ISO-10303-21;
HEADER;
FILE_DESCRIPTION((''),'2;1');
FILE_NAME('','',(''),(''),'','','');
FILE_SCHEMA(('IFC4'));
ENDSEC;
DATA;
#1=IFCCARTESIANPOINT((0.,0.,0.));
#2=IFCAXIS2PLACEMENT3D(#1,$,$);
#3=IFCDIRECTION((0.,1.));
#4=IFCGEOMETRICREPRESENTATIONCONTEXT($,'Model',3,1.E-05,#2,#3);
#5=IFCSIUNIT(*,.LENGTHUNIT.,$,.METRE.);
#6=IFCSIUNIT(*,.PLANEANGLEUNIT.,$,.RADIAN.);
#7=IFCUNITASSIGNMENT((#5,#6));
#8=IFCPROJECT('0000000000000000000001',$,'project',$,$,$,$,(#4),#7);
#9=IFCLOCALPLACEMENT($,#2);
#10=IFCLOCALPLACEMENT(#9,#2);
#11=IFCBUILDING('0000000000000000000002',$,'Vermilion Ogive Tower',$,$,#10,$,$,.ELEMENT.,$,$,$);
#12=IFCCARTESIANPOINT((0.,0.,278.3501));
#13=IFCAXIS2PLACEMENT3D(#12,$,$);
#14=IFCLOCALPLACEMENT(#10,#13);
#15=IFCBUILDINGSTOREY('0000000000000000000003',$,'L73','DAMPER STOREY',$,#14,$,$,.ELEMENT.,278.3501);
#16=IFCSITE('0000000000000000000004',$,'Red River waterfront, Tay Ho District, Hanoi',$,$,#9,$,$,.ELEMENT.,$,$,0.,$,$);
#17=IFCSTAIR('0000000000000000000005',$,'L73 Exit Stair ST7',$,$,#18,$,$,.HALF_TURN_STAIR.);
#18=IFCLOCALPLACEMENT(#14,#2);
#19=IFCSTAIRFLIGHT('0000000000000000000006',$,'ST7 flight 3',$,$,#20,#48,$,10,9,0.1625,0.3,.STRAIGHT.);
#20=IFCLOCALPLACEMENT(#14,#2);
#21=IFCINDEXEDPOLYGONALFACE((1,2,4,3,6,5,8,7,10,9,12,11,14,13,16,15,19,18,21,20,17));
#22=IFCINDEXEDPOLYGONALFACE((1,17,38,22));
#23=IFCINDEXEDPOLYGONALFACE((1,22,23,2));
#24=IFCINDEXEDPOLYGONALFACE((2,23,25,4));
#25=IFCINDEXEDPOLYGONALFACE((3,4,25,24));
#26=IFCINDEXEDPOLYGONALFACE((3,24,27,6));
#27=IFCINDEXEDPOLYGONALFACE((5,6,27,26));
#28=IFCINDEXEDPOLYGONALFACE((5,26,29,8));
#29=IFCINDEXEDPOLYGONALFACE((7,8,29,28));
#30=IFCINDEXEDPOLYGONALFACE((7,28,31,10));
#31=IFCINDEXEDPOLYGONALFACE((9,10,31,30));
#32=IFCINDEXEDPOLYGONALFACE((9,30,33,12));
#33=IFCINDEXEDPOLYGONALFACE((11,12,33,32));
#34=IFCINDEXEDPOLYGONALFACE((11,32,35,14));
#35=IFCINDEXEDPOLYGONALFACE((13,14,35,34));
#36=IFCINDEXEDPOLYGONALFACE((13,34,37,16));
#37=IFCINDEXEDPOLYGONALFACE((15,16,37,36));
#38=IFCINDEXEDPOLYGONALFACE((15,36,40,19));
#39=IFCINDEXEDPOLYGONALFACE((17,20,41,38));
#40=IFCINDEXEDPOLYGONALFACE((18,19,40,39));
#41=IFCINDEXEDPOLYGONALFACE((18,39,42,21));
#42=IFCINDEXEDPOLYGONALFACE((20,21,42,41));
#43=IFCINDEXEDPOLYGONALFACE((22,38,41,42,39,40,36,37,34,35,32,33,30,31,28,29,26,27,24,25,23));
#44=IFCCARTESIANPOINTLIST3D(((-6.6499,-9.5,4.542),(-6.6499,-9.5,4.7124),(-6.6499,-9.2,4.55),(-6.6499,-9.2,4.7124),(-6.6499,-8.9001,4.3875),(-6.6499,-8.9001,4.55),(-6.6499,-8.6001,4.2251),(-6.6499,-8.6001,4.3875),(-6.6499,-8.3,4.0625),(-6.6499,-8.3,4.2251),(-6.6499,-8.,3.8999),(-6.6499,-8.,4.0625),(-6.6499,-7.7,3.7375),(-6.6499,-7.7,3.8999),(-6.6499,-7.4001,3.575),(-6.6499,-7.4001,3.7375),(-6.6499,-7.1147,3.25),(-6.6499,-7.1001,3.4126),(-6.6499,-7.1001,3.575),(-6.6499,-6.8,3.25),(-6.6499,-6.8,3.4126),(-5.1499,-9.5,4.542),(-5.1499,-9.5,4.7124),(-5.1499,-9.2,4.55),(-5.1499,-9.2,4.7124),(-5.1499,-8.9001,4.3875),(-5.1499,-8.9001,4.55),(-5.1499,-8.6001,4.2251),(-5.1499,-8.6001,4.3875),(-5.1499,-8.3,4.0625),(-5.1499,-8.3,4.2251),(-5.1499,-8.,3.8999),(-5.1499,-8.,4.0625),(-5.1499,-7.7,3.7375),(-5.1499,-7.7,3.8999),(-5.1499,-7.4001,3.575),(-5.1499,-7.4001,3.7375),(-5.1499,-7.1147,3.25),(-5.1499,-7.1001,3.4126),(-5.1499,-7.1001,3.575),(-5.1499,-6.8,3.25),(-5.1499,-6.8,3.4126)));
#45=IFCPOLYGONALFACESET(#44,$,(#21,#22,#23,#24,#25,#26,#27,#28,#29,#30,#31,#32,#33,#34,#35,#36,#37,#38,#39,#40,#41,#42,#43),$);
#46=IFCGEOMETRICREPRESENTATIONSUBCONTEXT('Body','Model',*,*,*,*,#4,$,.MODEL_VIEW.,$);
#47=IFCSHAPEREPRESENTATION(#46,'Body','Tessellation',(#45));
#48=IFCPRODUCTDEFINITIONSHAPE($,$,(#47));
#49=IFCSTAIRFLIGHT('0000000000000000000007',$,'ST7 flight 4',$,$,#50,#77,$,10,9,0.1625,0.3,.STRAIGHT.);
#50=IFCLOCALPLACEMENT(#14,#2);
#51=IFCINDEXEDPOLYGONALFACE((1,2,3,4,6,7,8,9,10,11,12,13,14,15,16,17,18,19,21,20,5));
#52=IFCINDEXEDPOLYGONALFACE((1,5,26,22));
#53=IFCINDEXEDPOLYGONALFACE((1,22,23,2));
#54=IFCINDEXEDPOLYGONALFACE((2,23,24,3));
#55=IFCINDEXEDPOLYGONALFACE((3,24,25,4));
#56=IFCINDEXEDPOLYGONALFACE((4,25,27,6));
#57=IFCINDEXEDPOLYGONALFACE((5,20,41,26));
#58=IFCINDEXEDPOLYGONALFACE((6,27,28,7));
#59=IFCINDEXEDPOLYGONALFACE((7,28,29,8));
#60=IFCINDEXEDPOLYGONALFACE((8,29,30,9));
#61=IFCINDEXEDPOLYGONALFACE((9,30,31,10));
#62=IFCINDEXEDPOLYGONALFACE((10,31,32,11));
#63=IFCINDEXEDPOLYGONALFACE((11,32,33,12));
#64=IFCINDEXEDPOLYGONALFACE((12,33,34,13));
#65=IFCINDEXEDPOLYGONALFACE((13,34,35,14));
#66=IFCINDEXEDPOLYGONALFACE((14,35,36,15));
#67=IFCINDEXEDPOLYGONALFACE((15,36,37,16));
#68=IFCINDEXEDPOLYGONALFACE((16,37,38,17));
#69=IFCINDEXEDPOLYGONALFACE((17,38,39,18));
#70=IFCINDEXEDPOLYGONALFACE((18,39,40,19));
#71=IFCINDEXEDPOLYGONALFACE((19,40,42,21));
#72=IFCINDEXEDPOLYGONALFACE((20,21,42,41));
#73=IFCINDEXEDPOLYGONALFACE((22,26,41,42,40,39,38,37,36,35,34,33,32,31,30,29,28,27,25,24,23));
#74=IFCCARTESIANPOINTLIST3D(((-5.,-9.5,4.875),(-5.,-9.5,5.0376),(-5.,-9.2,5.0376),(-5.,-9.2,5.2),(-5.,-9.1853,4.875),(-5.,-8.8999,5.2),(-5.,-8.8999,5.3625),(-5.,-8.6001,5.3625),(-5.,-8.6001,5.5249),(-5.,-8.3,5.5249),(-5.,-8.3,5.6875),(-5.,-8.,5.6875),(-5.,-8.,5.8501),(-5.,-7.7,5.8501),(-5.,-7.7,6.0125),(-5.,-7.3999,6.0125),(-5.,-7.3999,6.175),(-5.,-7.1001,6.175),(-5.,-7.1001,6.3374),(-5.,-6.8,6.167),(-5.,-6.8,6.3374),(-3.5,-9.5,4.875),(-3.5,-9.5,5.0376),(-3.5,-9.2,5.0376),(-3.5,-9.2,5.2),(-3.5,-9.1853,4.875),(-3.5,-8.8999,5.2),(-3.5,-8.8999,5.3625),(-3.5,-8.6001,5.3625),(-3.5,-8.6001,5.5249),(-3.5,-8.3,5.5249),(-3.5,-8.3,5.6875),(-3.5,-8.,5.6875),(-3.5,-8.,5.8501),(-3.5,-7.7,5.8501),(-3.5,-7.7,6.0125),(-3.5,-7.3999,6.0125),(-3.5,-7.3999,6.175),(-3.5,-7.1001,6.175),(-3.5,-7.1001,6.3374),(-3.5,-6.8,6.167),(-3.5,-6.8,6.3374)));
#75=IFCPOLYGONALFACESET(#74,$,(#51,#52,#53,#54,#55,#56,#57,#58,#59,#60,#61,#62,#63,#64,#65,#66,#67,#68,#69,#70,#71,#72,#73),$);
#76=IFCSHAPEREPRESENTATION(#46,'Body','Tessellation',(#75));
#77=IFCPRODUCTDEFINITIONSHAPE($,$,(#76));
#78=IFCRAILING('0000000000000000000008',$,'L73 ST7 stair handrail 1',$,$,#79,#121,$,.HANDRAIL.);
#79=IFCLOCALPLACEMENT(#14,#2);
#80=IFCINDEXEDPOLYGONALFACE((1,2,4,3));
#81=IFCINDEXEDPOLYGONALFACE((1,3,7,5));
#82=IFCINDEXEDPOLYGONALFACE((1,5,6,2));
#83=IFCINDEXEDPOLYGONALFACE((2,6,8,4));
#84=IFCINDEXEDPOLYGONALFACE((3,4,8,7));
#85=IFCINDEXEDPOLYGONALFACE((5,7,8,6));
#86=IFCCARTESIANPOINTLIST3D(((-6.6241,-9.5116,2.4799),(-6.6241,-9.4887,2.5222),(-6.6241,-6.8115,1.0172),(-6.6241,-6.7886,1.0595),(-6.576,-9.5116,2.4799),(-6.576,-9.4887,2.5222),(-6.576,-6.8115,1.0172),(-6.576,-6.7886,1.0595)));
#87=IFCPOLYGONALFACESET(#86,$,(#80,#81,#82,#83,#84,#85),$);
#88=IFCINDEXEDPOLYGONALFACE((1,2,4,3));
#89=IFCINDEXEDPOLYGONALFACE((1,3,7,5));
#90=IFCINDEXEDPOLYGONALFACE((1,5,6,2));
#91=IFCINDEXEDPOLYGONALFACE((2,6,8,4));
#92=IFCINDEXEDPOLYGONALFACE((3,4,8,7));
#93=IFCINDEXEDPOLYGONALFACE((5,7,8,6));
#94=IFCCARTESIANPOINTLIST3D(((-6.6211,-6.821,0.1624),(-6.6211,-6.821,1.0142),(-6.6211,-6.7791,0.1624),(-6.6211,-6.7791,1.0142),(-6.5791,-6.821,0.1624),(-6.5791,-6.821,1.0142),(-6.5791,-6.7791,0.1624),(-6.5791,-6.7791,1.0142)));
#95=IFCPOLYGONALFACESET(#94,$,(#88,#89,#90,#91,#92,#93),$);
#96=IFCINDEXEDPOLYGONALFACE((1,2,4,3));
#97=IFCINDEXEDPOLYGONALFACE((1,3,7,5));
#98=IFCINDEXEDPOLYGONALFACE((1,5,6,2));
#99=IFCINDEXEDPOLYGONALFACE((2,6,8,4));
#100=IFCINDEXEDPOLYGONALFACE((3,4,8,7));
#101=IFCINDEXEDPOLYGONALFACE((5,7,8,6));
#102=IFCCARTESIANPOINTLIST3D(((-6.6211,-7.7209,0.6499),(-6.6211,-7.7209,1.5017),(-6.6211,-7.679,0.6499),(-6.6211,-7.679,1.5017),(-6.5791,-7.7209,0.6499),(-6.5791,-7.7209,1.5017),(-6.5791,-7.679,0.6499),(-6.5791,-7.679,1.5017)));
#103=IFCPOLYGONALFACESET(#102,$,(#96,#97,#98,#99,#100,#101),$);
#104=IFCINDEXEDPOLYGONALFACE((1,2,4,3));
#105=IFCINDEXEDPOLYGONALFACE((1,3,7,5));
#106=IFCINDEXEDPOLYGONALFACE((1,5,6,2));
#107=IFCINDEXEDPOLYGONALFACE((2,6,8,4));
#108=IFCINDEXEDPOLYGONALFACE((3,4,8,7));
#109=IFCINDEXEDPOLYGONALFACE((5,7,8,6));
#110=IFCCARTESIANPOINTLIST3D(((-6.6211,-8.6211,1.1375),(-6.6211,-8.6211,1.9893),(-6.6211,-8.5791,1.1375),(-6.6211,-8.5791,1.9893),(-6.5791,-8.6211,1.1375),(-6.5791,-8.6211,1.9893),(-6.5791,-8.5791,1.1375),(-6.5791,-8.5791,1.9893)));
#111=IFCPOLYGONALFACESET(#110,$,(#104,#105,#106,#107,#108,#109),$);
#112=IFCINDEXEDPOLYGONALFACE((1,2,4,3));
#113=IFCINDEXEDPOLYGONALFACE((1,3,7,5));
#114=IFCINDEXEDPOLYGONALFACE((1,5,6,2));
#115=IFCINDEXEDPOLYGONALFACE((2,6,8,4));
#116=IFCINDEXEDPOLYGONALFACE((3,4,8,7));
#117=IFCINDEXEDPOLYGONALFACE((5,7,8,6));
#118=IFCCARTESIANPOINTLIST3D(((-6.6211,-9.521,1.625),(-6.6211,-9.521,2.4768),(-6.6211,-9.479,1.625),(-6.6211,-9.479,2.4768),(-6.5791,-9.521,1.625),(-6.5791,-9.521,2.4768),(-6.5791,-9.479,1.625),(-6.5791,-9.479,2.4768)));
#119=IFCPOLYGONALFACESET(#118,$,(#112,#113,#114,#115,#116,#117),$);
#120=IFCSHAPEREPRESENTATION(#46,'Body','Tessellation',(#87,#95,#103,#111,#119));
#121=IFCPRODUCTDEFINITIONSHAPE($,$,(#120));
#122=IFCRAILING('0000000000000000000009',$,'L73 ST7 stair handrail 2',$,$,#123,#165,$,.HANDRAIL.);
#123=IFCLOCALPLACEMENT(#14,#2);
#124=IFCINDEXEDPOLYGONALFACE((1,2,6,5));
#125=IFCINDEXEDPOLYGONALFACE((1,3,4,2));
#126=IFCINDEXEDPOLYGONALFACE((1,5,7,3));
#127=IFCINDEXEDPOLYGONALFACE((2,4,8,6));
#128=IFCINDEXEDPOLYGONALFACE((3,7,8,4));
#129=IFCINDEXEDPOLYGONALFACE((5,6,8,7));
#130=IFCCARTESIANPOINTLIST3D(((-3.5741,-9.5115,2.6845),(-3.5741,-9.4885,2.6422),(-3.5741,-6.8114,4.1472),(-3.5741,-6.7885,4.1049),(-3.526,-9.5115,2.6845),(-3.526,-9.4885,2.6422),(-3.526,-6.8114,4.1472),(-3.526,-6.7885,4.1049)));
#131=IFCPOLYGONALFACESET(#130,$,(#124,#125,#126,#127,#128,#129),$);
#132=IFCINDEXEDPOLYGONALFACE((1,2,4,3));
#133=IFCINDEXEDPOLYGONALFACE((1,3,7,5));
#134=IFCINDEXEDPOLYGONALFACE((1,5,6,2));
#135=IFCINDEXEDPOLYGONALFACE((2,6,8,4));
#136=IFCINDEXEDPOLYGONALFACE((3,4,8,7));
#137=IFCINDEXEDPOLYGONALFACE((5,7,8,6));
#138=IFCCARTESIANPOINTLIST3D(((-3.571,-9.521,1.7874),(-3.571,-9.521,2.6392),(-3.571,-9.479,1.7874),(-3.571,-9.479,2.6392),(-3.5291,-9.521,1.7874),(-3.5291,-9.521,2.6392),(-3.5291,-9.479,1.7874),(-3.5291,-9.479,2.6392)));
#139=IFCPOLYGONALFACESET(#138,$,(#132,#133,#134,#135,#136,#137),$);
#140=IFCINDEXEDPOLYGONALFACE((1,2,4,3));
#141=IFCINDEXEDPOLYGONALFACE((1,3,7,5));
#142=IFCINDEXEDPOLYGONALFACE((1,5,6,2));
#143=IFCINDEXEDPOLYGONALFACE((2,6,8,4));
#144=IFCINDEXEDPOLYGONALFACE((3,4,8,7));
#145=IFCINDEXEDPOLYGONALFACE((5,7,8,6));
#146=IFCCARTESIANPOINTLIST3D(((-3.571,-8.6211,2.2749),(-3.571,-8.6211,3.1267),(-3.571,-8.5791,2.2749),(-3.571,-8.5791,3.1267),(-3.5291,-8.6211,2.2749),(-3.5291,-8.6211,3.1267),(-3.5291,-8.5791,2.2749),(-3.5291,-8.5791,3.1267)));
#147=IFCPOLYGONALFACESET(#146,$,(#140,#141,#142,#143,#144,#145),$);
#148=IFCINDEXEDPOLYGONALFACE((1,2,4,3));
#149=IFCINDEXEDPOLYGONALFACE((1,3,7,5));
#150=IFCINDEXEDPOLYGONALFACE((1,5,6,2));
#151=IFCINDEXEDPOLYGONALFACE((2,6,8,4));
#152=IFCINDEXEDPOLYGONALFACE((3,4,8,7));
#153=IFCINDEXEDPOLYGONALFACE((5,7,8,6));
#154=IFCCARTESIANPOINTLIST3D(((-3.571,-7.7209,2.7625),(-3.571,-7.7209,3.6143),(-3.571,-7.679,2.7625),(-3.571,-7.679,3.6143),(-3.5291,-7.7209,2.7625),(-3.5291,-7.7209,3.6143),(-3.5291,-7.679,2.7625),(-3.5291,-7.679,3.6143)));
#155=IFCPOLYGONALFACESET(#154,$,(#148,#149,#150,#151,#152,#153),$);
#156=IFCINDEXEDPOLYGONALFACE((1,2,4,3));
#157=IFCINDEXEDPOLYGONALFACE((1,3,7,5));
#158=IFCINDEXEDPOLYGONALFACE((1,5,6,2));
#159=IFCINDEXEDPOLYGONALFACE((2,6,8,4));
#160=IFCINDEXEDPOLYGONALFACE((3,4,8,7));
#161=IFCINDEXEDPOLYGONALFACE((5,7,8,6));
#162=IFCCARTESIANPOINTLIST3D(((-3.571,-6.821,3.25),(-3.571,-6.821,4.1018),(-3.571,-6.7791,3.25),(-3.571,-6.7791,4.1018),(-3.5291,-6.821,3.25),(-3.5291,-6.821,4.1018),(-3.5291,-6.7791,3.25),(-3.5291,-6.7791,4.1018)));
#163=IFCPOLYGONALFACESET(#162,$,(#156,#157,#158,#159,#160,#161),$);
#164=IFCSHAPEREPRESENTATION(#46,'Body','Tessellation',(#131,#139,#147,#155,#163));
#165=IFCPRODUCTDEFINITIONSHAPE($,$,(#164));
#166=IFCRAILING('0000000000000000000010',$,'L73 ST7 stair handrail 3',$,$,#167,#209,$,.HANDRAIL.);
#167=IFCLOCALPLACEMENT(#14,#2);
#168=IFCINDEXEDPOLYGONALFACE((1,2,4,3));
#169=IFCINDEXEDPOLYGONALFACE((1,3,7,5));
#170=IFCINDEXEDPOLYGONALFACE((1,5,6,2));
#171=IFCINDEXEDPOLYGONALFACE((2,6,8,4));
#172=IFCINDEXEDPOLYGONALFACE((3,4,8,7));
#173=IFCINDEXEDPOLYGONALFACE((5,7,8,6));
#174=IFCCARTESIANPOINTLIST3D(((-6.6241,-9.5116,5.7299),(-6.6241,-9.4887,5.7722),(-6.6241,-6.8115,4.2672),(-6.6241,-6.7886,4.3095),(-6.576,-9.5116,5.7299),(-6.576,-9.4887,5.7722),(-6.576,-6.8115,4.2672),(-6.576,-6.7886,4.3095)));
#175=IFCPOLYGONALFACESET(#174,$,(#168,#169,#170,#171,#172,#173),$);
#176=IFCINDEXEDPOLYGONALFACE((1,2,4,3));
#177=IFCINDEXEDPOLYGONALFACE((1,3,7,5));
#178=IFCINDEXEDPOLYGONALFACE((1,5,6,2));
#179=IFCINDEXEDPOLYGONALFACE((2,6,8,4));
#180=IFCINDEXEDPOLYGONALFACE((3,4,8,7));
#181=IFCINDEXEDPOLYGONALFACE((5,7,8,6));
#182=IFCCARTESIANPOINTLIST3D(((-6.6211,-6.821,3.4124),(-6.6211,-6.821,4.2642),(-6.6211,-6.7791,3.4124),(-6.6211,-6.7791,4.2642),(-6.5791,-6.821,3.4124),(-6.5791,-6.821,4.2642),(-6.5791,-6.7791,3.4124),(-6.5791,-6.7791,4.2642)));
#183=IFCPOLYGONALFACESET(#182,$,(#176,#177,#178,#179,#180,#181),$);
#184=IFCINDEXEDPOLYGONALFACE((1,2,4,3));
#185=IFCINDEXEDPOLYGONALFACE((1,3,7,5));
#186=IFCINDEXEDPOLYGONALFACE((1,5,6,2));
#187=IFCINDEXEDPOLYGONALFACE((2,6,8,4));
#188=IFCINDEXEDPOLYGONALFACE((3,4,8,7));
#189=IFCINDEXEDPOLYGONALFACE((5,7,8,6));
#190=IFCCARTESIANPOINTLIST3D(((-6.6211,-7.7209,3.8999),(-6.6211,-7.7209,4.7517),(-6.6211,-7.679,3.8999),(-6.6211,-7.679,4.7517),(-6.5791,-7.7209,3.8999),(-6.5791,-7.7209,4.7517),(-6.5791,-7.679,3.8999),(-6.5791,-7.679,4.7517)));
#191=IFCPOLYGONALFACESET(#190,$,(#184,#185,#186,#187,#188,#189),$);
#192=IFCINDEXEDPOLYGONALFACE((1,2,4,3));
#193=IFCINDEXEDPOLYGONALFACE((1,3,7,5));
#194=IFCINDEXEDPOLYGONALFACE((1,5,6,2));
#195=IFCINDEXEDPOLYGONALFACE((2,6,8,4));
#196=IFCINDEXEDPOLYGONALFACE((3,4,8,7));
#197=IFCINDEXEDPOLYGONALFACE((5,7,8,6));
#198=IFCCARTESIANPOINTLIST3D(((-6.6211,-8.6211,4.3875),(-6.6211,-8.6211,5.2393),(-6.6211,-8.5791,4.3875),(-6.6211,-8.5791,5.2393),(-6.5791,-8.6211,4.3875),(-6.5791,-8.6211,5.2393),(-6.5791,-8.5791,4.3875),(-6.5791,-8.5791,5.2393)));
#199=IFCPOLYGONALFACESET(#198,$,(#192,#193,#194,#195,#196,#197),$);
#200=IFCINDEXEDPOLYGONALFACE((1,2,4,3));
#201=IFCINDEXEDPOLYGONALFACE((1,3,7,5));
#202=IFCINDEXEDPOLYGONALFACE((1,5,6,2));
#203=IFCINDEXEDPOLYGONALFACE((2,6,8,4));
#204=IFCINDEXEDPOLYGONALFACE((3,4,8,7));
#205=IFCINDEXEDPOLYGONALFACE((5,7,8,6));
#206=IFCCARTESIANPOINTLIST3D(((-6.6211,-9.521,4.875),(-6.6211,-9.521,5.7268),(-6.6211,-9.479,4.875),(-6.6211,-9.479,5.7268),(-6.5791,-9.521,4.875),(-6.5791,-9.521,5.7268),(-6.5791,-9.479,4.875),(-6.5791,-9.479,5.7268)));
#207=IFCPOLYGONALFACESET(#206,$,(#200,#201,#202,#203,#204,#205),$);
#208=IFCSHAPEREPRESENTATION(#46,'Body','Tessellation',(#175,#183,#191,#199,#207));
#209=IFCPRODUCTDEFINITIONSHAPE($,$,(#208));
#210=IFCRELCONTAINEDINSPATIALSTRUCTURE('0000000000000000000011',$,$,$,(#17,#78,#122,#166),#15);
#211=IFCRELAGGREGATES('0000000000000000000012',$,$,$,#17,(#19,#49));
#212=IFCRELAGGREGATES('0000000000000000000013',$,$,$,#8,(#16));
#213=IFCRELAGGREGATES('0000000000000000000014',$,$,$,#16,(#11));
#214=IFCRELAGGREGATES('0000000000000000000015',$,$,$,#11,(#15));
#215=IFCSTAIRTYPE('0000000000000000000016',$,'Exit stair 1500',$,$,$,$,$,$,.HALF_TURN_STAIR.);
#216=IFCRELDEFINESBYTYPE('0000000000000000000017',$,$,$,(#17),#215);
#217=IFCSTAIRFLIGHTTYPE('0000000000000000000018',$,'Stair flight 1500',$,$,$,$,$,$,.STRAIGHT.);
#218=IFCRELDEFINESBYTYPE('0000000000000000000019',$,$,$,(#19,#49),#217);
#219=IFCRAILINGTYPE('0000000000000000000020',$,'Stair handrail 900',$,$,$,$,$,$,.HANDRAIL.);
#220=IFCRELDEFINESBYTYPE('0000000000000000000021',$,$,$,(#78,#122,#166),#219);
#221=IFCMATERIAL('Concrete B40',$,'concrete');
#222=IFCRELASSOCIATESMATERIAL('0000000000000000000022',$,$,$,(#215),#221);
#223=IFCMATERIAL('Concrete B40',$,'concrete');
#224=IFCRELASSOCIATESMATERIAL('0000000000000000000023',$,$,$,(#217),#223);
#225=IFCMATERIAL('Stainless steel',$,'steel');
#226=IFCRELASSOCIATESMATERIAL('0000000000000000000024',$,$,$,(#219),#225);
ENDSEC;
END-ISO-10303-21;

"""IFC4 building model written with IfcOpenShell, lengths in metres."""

from ifc_helpers import new_model, si_unit, direction, frame, origin, origin_2d, place, context, subcontext, project, spatial, polyline, rectangle, outline, extrude, material, type_object, element, aggregate, save


model = new_model("IFC4")

# Units and contexts
model_context = context("Model", 3, precision=1e-05, world=origin(), true_north=direction((0.0, 1.0)))
body_context = subcontext(model_context, "Body", "Model", "MODEL_VIEW")
ifc_project = project(units=[si_unit("LENGTHUNIT", "METRE"), si_unit("PLANEANGLEUNIT", "RADIAN")], contexts=[model_context])

# Site, building, storey
site_placement = place(None, origin())
site = spatial("IfcSite", under=ifc_project, at=site_placement, Name="Red River waterfront, Tay Ho District, Hanoi", CompositionType="ELEMENT", RefElevation=0.0)
building_placement = place(site_placement, origin())
building = spatial("IfcBuilding", under=site, at=building_placement, Name="Vermilion Ogive Tower", CompositionType="ELEMENT")
storey_placement = place(building_placement, frame((0.0, 0.0, 278.3501)))
storey = spatial("IfcBuildingStorey", under=building, at=storey_placement, Name="L73", Description="DAMPER STOREY", CompositionType="ELEMENT", Elevation=278.3501)

# Stair, stair flights
ifc_material_1 = material(Name="Concrete B40", Category="concrete")
stair_type = type_object("IfcStairType", Name="Exit stair 1500", PredefinedType="HALF_TURN_STAIR", material=ifc_material_1)
stair_placement = place(storey_placement, origin())
stair = element("IfcStair", 1, at=stair_placement, inside=storey, type_object=stair_type, Name="L73 Exit Stair ST7", PredefinedType="HALF_TURN_STAIR")
ifc_material_2 = material(Name="Concrete B40", Category="concrete")
stair_flight_type = type_object("IfcStairFlightType", Name="Stair flight 1500", PredefinedType="STRAIGHT", material=ifc_material_2)
stair_flight_1_placement = place(storey_placement, frame((-5.8999, -6.8, 3.25), z_axis=(0.0, 0.0, 1.0), x_axis=(0.0, -1.0, 0.0)))
stair_flight_1 = element("IfcStairFlight", 2, at=stair_flight_1_placement, type_object=stair_flight_type, Name="ST7 flight 3", NumberOfRisers=10, NumberOfTreads=9, PredefinedType="STRAIGHT", RiserHeight=0.1625, TreadLength=0.3, context=body_context, shape_type="SweptSolid", body=[
    extrude(outline(polyline([(0.0, 0.0), (0.0, 0.1626), (0.3, 0.1626), (0.3, 0.325), (0.6001, 0.325), (0.6001, 0.4875), (0.8999, 0.4875), (0.8999, 0.6499), (1.2, 0.6499), (1.2, 0.8125), (1.5, 0.8125), (1.5, 0.9751), (1.8, 0.9751), (1.8, 1.1375), (2.1001, 1.1375), (2.1001, 1.3), (2.3999, 1.3), (2.3999, 1.4624), (2.7, 1.4624), (2.7, 1.625), (2.7, 1.292), (0.3147, 0.0), (0.0, 0.0)])), frame((0.0, 0.75, 0.0), z_axis=(0.0, -1.0, 0.0), x_axis=(1.0, 0.0, 0.0)), (0.0, 0.0, 1.0), 1.5),
])
stair_flight_2_placement = place(storey_placement, frame((-4.25, -9.5, 4.875), z_axis=(0.0, 0.0, 1.0), x_axis=(0.0, 1.0, 0.0)))
stair_flight_2 = element("IfcStairFlight", 3, at=stair_flight_2_placement, type_object=stair_flight_type, Name="ST7 flight 4", NumberOfRisers=10, NumberOfTreads=9, PredefinedType="STRAIGHT", RiserHeight=0.1625, TreadLength=0.3, context=body_context, shape_type="SweptSolid", body=[
    extrude(outline(polyline([(0.0, 0.0), (0.0, 0.1626), (0.3, 0.1626), (0.3, 0.325), (0.6001, 0.325), (0.6001, 0.4875), (0.8999, 0.4875), (0.8999, 0.6499), (1.2, 0.6499), (1.2, 0.8125), (1.5, 0.8125), (1.5, 0.9751), (1.8, 0.9751), (1.8, 1.1375), (2.1001, 1.1375), (2.1001, 1.3), (2.3999, 1.3), (2.3999, 1.4624), (2.7, 1.4624), (2.7, 1.625), (2.7, 1.292), (0.3147, 0.0), (0.0, 0.0)])), frame((0.0, 0.75, 0.0), z_axis=(0.0, -1.0, 0.0), x_axis=(1.0, 0.0, 0.0)), (0.0, 0.0, 1.0), 1.5),
])
aggregate(stair, [stair_flight_1, stair_flight_2])

# Railings
ifc_material_3 = material(Name="Stainless steel", Category="steel")
railing_type_1 = type_object("IfcRailingType", Name="Stair handrail 900", PredefinedType="HANDRAIL", material=ifc_material_3)
railing_1_placement = place(storey_placement, frame((-6.6001, -6.8, 0.1624)))
element("IfcRailing", 4, at=railing_1_placement, inside=storey, type_object=railing_type_1, Name="L73 ST7 stair handrail 1", PredefinedType="HANDRAIL", context=body_context, shape_type="SweptSolid", body=[
    extrude(rectangle(XDim=0.0481, YDim=0.0481, at=origin_2d()), frame((0.0, 0.0, 0.876), z_axis=(0.0, -0.879268, 0.476327), x_axis=(1.0, 0.0, 0.0)), (0.0, 0.0, 1.0), 3.0708),
    extrude(rectangle(XDim=0.042, YDim=0.042, at=origin_2d()), origin(), (0.0, 0.0, 1.0), 0.8518),
    extrude(rectangle(XDim=0.042, YDim=0.042, at=origin_2d()), frame((0.0, -0.8999, 0.4875)), (0.0, 0.0, 1.0), 0.8518),
    extrude(rectangle(XDim=0.042, YDim=0.042, at=origin_2d()), frame((0.0, -1.8, 0.9751)), (0.0, 0.0, 1.0), 0.8518),
    extrude(rectangle(XDim=0.042, YDim=0.042, at=origin_2d()), frame((0.0, -2.7, 1.4626)), (0.0, 0.0, 1.0), 0.8518),
])
railing_2_placement = place(storey_placement, frame((-3.55, -9.5, 1.7874)))
element("IfcRailing", 5, at=railing_2_placement, inside=storey, type_object=railing_type_1, Name="L73 ST7 stair handrail 2", PredefinedType="HANDRAIL", context=body_context, shape_type="SweptSolid", body=[
    extrude(rectangle(XDim=0.0481, YDim=0.0481, at=origin_2d()), frame((0.0, 0.0, 0.876), z_axis=(0.0, 0.879268, 0.476327), x_axis=(-1.0, 0.0, 0.0)), (0.0, 0.0, 1.0), 3.0708),
    extrude(rectangle(XDim=0.042, YDim=0.042, at=origin_2d()), origin(), (0.0, 0.0, 1.0), 0.8518),
    extrude(rectangle(XDim=0.042, YDim=0.042, at=origin_2d()), frame((0.0, 0.8999, 0.4875)), (0.0, 0.0, 1.0), 0.8518),
    extrude(rectangle(XDim=0.042, YDim=0.042, at=origin_2d()), frame((0.0, 1.8, 0.9751)), (0.0, 0.0, 1.0), 0.8518),
    extrude(rectangle(XDim=0.042, YDim=0.042, at=origin_2d()), frame((0.0, 2.7, 1.4626)), (0.0, 0.0, 1.0), 0.8518),
])
railing_3_placement = place(storey_placement, frame((-6.6001, -6.8, 3.4124)))
element("IfcRailing", 6, at=railing_3_placement, inside=storey, type_object=railing_type_1, Name="L73 ST7 stair handrail 3", PredefinedType="HANDRAIL", context=body_context, shape_type="SweptSolid", body=[
    extrude(rectangle(XDim=0.0481, YDim=0.0481, at=origin_2d()), frame((0.0, 0.0, 0.876), z_axis=(0.0, -0.879268, 0.476327), x_axis=(1.0, 0.0, 0.0)), (0.0, 0.0, 1.0), 3.0708),
    extrude(rectangle(XDim=0.042, YDim=0.042, at=origin_2d()), origin(), (0.0, 0.0, 1.0), 0.8518),
    extrude(rectangle(XDim=0.042, YDim=0.042, at=origin_2d()), frame((0.0, -0.8999, 0.4875)), (0.0, 0.0, 1.0), 0.8518),
    extrude(rectangle(XDim=0.042, YDim=0.042, at=origin_2d()), frame((0.0, -1.8, 0.9751)), (0.0, 0.0, 1.0), 0.8518),
    extrude(rectangle(XDim=0.042, YDim=0.042, at=origin_2d()), frame((0.0, -2.7, 1.4626)), (0.0, 0.0, 1.0), 0.8518),
])

save(model, "model.ifc")
